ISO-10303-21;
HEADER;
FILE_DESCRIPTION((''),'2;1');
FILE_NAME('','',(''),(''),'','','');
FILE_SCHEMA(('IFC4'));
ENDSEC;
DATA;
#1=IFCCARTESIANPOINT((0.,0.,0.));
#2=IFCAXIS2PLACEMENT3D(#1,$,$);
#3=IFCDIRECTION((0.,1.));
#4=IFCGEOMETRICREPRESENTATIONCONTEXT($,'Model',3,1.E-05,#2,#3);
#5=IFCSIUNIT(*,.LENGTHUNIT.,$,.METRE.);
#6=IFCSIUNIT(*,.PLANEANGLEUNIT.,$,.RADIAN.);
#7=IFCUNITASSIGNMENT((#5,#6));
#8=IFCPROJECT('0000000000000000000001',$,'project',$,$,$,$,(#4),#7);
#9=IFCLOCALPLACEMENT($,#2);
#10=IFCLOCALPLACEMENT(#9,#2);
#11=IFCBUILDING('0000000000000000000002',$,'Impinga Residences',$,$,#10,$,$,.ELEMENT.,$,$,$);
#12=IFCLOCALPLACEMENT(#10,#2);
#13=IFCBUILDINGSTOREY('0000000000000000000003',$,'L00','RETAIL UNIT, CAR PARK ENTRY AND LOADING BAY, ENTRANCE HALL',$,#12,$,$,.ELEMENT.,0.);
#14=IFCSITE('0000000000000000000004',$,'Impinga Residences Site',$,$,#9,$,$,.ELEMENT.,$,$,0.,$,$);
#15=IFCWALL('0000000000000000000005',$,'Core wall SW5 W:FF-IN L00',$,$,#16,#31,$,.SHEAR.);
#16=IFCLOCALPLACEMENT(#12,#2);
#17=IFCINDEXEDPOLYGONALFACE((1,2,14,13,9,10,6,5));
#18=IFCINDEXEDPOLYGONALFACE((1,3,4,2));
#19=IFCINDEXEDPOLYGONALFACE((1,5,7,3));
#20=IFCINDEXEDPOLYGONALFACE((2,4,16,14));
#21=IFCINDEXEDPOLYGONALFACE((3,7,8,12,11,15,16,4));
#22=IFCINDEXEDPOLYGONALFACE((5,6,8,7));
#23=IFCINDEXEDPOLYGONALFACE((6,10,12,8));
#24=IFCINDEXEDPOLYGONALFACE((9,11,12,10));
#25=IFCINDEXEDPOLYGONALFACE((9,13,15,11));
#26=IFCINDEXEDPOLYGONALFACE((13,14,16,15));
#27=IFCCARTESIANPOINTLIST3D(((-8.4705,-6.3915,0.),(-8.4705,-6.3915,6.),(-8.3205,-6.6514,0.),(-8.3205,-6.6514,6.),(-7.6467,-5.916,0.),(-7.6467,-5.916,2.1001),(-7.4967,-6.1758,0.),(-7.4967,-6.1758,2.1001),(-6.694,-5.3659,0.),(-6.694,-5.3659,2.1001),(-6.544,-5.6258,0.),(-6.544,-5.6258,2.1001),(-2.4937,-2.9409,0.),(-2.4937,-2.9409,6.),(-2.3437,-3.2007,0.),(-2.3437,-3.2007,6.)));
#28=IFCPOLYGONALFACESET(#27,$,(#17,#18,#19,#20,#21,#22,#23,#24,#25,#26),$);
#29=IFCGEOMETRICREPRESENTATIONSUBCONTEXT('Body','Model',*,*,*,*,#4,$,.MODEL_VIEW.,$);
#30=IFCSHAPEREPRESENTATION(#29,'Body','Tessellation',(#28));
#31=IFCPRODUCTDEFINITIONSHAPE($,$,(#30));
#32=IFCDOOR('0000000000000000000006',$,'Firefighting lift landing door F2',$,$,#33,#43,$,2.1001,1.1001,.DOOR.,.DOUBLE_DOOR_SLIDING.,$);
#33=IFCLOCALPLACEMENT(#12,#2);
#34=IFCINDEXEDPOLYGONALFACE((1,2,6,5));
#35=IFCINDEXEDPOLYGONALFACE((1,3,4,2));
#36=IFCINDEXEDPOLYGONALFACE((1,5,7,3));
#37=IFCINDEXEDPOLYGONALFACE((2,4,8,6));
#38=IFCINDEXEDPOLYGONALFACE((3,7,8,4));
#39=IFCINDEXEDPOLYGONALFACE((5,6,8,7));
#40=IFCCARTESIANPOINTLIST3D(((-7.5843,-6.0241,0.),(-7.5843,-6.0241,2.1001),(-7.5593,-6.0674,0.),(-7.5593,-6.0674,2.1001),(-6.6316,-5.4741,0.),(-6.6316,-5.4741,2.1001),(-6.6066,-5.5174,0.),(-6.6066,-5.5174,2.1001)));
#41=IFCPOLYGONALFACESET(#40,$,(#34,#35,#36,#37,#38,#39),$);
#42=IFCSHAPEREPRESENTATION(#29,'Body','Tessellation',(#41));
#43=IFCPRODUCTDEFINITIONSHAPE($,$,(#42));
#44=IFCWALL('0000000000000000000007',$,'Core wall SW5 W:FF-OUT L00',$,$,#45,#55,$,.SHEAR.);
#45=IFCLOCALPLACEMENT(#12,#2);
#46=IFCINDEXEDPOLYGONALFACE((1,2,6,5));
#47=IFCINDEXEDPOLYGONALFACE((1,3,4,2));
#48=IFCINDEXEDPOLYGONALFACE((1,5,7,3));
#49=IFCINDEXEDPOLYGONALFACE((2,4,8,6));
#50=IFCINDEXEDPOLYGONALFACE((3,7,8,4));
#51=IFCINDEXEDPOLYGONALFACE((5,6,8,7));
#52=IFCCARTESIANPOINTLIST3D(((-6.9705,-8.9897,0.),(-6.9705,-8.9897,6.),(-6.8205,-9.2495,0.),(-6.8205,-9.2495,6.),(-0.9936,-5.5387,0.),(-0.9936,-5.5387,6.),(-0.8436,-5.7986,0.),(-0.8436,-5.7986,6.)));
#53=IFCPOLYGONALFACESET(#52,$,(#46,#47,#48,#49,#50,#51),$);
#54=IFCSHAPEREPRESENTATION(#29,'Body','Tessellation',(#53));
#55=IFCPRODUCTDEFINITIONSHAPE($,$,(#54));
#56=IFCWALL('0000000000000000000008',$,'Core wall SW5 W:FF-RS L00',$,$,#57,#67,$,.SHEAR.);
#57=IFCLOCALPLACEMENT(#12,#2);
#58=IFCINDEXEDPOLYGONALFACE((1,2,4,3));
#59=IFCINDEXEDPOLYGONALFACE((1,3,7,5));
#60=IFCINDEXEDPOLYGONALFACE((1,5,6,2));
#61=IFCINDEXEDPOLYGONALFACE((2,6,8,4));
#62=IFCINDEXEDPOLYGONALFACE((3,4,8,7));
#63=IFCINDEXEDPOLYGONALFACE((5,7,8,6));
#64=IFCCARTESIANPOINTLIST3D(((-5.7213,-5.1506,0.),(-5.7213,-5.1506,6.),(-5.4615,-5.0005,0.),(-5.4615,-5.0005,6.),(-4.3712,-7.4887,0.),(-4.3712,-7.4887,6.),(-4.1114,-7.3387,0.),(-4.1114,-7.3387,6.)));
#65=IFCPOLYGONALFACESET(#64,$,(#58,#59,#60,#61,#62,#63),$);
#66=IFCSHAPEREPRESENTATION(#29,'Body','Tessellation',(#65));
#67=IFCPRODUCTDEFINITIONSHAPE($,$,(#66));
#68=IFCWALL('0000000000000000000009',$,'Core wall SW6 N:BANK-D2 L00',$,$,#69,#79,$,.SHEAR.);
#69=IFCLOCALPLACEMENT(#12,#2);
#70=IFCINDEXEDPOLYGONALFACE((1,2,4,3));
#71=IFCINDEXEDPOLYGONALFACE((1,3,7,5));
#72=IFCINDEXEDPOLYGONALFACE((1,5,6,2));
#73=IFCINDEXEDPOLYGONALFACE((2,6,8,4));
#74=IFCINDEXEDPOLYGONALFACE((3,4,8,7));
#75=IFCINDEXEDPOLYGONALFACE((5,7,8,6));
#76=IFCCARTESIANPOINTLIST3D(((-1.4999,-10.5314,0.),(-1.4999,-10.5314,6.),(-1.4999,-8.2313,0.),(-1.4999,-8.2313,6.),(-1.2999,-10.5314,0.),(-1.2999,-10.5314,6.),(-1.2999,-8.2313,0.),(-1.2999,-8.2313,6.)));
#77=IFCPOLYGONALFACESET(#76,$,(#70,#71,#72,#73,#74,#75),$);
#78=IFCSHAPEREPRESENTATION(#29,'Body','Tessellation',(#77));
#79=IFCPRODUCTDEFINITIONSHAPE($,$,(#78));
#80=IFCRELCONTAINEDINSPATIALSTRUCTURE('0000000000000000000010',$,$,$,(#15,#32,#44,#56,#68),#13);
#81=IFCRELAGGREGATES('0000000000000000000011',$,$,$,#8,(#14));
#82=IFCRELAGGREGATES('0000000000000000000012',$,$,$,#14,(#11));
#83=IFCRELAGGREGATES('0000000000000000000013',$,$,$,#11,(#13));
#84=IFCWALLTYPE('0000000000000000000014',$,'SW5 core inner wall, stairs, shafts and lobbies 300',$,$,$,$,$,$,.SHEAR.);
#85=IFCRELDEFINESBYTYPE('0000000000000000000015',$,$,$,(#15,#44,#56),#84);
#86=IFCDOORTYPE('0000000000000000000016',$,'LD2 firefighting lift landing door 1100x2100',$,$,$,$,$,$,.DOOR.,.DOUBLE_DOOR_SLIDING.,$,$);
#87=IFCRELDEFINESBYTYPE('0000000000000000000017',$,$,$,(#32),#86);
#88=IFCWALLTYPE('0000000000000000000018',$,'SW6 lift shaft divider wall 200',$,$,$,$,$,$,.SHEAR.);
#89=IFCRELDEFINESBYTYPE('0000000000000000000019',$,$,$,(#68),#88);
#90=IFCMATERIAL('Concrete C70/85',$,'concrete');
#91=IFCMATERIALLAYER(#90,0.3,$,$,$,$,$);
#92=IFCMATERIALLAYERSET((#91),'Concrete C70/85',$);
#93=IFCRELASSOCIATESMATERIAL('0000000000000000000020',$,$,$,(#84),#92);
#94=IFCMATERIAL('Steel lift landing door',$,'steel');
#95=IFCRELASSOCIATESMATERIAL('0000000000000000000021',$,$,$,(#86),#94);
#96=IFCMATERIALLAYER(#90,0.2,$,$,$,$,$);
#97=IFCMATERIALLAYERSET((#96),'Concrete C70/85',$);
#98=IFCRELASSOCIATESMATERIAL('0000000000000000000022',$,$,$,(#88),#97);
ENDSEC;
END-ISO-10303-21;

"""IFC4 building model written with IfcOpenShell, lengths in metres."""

from ifc_helpers import new_model, si_unit, direction, frame, frame_2d, origin, place, context, subcontext, project, spatial, rectangle, extrude, material, layer, layer_set, type_object, element, fill, save


model = new_model("IFC4")

# Units and contexts
model_context = context("Model", 3, precision=1e-05, world=origin(), true_north=direction((0.0, 1.0)))
body_context = subcontext(model_context, "Body", "Model", "MODEL_VIEW")
ifc_project = project(units=[si_unit("LENGTHUNIT", "METRE"), si_unit("PLANEANGLEUNIT", "RADIAN")], contexts=[model_context])

# Site, building, storey
site_placement = place(None, origin())
site = spatial("IfcSite", under=ifc_project, at=site_placement, Name="Impinga Residences Site", CompositionType="ELEMENT", RefElevation=0.0)
building_placement = place(site_placement, origin())
building = spatial("IfcBuilding", under=site, at=building_placement, Name="Impinga Residences", CompositionType="ELEMENT")
storey_placement = place(building_placement, origin())
storey = spatial("IfcBuildingStorey", under=building, at=storey_placement, Name="L00", Description="RETAIL UNIT, CAR PARK ENTRY AND LOADING BAY, ENTRANCE HALL", CompositionType="ELEMENT", Elevation=0.0)

# Shared definitions
ifc_material_1 = material(Name="Concrete C70/85", Category="concrete")

# Shared definitions
ifc_layer_1 = layer(ifc_material_1, 0.3)
ifc_layer_set_1 = layer_set([ifc_layer_1], Name="Concrete C70/85")
wall_type_1 = type_object("IfcWallType", Name="SW5 core inner wall, stairs, shafts and lobbies 300", PredefinedType="SHEAR", material=ifc_layer_set_1)

# Wall, opening, door
wall_1_placement = place(storey_placement, frame((-2.4187, -3.0708, 0.0), z_axis=(0.0, 0.0, 1.0), x_axis=(-0.866027, -0.499997, 0.0)))
wall_1 = element("IfcWall", 1, at=wall_1_placement, inside=storey, type_object=wall_type_1, Name="Core wall SW5 W:FF-IN L00", PredefinedType="SHEAR", context=body_context, shape_type="SweptSolid", body=[
    extrude(rectangle(XDim=6.9014, YDim=0.3, at=frame_2d((3.4507, 0.0))), origin(), (0.0, 0.0, 1.0), 6.0),
])
opening_1_placement = place(wall_1_placement, frame((4.8501, 0.0, 0.0)))
opening_1 = element("IfcOpeningElement", 2, at=opening_1_placement, cuts=wall_1, PredefinedType="OPENING", context=body_context, shape_type="SweptSolid", body=[
    extrude(rectangle(XDim=1.1001, YDim=2.1001, at=frame_2d((0.55, 1.05))), frame((0.0, 0.1599, 0.0), z_axis=(0.0, -1.0, 0.0), x_axis=(1.0, 0.0, 0.0)), (0.0, 0.0, 1.0), 0.3201),
])
ifc_material_2 = material(Name="Steel lift landing door", Category="steel")
door_type_1 = type_object("IfcDoorType", Name="LD2 firefighting lift landing door 1100x2100", OperationType="DOUBLE_DOOR_SLIDING", PredefinedType="DOOR", material=ifc_material_2)
door_1_placement = place(opening_1_placement, origin())
door_1 = element("IfcDoor", 3, at=door_1_placement, inside=storey, type_object=door_type_1, Name="Firefighting lift landing door F2", OperationType="DOUBLE_DOOR_SLIDING", OverallHeight=2.1001, OverallWidth=1.1001, PredefinedType="DOOR", context=body_context, shape_type="SweptSolid", body=[
    extrude(rectangle(XDim=1.1001, YDim=2.1001, at=frame_2d((0.55, 1.05))), frame((0.0, 0.0249, 0.0), z_axis=(0.0, -1.0, 0.0), x_axis=(1.0, 0.0, 0.0)), (0.0, 0.0, 1.0), 0.05),
])
fill(opening_1, door_1)

# Walls
wall_2_placement = place(storey_placement, frame((-0.9187, -5.6687, 0.0), z_axis=(0.0, 0.0, 1.0), x_axis=(-0.866012, -0.500024, 0.0)))
element("IfcWall", 4, at=wall_2_placement, inside=storey, type_object=wall_type_1, Name="Core wall SW5 W:FF-OUT L00", PredefinedType="SHEAR", context=body_context, shape_type="SweptSolid", body=[
    extrude(rectangle(XDim=6.9016, YDim=0.3, at=frame_2d((3.4507, 0.0))), origin(), (0.0, 0.0, 1.0), 6.0),
])
wall_3_placement = place(storey_placement, frame((-4.2412, -7.4138, 0.0), z_axis=(0.0, 0.0, 1.0), x_axis=(-0.500049, 0.865997, 0.0)))
element("IfcWall", 5, at=wall_3_placement, inside=storey, type_object=wall_type_1, Name="Core wall SW5 W:FF-RS L00", PredefinedType="SHEAR", context=body_context, shape_type="SweptSolid", body=[
    extrude(rectangle(XDim=2.7, YDim=0.3, at=frame_2d((1.3501, 0.0))), origin(), (0.0, 0.0, 1.0), 6.0),
])
ifc_layer_2 = layer(ifc_material_1, 0.2)
ifc_layer_set_2 = layer_set([ifc_layer_2], Name="Concrete C70/85")
wall_type_2 = type_object("IfcWallType", Name="SW6 lift shaft divider wall 200", PredefinedType="SHEAR", material=ifc_layer_set_2)
wall_4_placement = place(storey_placement, frame((-1.3999, -8.2314, 0.0), z_axis=(0.0, 0.0, 1.0), x_axis=(0.0, -1.0, 0.0)))
element("IfcWall", 6, at=wall_4_placement, inside=storey, type_object=wall_type_2, Name="Core wall SW6 N:BANK-D2 L00", PredefinedType="SHEAR", context=body_context, shape_type="SweptSolid", body=[
    extrude(rectangle(XDim=2.3, YDim=0.2, at=frame_2d((1.1499, 0.0))), origin(), (0.0, 0.0, 1.0), 6.0),
])

save(model, "model.ifc")
